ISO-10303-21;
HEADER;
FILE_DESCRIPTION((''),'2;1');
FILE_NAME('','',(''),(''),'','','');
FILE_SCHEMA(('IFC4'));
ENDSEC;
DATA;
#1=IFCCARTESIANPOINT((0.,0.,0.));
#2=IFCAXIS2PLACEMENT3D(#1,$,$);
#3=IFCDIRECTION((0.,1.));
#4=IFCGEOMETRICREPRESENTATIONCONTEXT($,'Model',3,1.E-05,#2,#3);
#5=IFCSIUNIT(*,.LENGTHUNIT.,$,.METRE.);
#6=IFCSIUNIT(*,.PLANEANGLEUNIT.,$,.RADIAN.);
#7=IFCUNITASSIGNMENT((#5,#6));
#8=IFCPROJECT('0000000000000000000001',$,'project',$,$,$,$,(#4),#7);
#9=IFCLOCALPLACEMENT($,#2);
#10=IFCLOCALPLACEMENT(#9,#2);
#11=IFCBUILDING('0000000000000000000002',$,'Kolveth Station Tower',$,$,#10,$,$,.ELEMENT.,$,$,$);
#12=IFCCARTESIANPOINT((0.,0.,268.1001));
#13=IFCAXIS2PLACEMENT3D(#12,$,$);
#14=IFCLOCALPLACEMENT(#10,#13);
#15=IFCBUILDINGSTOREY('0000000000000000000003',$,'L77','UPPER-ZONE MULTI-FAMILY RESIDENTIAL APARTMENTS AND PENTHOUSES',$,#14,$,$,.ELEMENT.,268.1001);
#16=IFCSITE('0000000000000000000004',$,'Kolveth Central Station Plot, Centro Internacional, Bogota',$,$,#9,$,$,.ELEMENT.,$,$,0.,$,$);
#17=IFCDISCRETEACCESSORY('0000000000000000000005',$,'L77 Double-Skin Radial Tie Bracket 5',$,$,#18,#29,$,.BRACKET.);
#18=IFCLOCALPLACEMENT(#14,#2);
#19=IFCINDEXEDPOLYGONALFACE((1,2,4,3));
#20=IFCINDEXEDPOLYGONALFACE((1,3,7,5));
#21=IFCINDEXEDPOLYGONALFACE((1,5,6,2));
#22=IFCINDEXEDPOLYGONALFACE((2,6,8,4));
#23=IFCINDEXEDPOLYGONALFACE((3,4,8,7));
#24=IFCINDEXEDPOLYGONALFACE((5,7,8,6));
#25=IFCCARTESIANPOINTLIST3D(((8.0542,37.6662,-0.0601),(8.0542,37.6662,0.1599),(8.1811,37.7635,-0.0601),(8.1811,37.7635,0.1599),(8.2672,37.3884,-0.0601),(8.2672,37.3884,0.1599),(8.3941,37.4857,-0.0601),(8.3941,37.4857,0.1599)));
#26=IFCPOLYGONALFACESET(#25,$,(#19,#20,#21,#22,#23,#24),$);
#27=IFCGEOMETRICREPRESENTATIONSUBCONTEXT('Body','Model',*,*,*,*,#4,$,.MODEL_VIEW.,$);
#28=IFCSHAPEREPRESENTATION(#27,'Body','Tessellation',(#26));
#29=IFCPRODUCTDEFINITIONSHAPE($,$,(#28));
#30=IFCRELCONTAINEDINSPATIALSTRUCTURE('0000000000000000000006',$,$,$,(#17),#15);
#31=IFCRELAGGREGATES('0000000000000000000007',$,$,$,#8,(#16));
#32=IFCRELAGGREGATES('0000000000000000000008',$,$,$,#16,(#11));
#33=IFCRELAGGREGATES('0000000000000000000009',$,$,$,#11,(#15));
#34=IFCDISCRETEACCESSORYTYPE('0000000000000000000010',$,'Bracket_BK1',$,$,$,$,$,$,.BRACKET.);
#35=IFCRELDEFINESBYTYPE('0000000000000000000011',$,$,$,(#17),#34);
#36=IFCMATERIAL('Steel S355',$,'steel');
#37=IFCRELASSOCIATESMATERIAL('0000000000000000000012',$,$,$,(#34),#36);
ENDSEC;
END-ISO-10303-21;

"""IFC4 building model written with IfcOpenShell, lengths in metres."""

from ifc_helpers import new_model, si_unit, direction, frame, origin, origin_2d, place, context, subcontext, project, spatial, rectangle, extrude, source, transform, mapped, material, type_object, element, save


model = new_model("IFC4")

# Units and contexts
model_context = context("Model", 3, precision=1e-05, world=origin(), true_north=direction((0.0, 1.0)))
body_context = subcontext(model_context, "Body", "Model", "MODEL_VIEW")
ifc_project = project(units=[si_unit("LENGTHUNIT", "METRE"), si_unit("PLANEANGLEUNIT", "RADIAN")], contexts=[model_context])

# Site, building, storey
site_placement = place(None, origin())
site = spatial("IfcSite", under=ifc_project, at=site_placement, Name="Kolveth Central Station Plot, Centro Internacional, Bogota", CompositionType="ELEMENT", RefElevation=0.0)
building_placement = place(site_placement, origin())
building = spatial("IfcBuilding", under=site, at=building_placement, Name="Kolveth Station Tower", CompositionType="ELEMENT")
storey_placement = place(building_placement, frame((0.0, 0.0, 268.1001)))
storey = spatial("IfcBuildingStorey", under=building, at=storey_placement, Name="L77", Description="UPPER-ZONE MULTI-FAMILY RESIDENTIAL APARTMENTS AND PENTHOUSES", CompositionType="ELEMENT", Elevation=268.1001)

# Shared definitions
ifc_material_1 = material(Name="Steel S355", Category="steel")

# Discrete accessory
discrete_accessory_type = type_object("IfcDiscreteAccessoryType", Name="Bracket_BK1", PredefinedType="BRACKET", material=ifc_material_1)
shared_shape_1 = source(origin(), body_context, "Body", "SweptSolid", [
    extrude(rectangle(XDim=0.3501, YDim=0.1599, at=origin_2d()), origin(), (0.0, 0.0, 1.0), 0.22),
])
discrete_accessory_placement = place(storey_placement, frame((8.2241, 37.5759, -0.0601), z_axis=(0.0, 0.0, 1.0), x_axis=(-0.608484, 0.793566, 0.0)))
element("IfcDiscreteAccessory", 1, at=discrete_accessory_placement, inside=storey, type_object=discrete_accessory_type, Name="L77 Double-Skin Radial Tie Bracket 5", PredefinedType="BRACKET", context=body_context, shape_type="MappedRepresentation", body=[
    mapped(shared_shape_1, transform((0.0, 0.0, 0.0), x_axis=(1.0, 0.0, 0.0), y_axis=(0.0, 1.0, 0.0), z_axis=(0.0, 0.0, 1.0), scale=1.0)),
])

save(model, "model.ifc")
